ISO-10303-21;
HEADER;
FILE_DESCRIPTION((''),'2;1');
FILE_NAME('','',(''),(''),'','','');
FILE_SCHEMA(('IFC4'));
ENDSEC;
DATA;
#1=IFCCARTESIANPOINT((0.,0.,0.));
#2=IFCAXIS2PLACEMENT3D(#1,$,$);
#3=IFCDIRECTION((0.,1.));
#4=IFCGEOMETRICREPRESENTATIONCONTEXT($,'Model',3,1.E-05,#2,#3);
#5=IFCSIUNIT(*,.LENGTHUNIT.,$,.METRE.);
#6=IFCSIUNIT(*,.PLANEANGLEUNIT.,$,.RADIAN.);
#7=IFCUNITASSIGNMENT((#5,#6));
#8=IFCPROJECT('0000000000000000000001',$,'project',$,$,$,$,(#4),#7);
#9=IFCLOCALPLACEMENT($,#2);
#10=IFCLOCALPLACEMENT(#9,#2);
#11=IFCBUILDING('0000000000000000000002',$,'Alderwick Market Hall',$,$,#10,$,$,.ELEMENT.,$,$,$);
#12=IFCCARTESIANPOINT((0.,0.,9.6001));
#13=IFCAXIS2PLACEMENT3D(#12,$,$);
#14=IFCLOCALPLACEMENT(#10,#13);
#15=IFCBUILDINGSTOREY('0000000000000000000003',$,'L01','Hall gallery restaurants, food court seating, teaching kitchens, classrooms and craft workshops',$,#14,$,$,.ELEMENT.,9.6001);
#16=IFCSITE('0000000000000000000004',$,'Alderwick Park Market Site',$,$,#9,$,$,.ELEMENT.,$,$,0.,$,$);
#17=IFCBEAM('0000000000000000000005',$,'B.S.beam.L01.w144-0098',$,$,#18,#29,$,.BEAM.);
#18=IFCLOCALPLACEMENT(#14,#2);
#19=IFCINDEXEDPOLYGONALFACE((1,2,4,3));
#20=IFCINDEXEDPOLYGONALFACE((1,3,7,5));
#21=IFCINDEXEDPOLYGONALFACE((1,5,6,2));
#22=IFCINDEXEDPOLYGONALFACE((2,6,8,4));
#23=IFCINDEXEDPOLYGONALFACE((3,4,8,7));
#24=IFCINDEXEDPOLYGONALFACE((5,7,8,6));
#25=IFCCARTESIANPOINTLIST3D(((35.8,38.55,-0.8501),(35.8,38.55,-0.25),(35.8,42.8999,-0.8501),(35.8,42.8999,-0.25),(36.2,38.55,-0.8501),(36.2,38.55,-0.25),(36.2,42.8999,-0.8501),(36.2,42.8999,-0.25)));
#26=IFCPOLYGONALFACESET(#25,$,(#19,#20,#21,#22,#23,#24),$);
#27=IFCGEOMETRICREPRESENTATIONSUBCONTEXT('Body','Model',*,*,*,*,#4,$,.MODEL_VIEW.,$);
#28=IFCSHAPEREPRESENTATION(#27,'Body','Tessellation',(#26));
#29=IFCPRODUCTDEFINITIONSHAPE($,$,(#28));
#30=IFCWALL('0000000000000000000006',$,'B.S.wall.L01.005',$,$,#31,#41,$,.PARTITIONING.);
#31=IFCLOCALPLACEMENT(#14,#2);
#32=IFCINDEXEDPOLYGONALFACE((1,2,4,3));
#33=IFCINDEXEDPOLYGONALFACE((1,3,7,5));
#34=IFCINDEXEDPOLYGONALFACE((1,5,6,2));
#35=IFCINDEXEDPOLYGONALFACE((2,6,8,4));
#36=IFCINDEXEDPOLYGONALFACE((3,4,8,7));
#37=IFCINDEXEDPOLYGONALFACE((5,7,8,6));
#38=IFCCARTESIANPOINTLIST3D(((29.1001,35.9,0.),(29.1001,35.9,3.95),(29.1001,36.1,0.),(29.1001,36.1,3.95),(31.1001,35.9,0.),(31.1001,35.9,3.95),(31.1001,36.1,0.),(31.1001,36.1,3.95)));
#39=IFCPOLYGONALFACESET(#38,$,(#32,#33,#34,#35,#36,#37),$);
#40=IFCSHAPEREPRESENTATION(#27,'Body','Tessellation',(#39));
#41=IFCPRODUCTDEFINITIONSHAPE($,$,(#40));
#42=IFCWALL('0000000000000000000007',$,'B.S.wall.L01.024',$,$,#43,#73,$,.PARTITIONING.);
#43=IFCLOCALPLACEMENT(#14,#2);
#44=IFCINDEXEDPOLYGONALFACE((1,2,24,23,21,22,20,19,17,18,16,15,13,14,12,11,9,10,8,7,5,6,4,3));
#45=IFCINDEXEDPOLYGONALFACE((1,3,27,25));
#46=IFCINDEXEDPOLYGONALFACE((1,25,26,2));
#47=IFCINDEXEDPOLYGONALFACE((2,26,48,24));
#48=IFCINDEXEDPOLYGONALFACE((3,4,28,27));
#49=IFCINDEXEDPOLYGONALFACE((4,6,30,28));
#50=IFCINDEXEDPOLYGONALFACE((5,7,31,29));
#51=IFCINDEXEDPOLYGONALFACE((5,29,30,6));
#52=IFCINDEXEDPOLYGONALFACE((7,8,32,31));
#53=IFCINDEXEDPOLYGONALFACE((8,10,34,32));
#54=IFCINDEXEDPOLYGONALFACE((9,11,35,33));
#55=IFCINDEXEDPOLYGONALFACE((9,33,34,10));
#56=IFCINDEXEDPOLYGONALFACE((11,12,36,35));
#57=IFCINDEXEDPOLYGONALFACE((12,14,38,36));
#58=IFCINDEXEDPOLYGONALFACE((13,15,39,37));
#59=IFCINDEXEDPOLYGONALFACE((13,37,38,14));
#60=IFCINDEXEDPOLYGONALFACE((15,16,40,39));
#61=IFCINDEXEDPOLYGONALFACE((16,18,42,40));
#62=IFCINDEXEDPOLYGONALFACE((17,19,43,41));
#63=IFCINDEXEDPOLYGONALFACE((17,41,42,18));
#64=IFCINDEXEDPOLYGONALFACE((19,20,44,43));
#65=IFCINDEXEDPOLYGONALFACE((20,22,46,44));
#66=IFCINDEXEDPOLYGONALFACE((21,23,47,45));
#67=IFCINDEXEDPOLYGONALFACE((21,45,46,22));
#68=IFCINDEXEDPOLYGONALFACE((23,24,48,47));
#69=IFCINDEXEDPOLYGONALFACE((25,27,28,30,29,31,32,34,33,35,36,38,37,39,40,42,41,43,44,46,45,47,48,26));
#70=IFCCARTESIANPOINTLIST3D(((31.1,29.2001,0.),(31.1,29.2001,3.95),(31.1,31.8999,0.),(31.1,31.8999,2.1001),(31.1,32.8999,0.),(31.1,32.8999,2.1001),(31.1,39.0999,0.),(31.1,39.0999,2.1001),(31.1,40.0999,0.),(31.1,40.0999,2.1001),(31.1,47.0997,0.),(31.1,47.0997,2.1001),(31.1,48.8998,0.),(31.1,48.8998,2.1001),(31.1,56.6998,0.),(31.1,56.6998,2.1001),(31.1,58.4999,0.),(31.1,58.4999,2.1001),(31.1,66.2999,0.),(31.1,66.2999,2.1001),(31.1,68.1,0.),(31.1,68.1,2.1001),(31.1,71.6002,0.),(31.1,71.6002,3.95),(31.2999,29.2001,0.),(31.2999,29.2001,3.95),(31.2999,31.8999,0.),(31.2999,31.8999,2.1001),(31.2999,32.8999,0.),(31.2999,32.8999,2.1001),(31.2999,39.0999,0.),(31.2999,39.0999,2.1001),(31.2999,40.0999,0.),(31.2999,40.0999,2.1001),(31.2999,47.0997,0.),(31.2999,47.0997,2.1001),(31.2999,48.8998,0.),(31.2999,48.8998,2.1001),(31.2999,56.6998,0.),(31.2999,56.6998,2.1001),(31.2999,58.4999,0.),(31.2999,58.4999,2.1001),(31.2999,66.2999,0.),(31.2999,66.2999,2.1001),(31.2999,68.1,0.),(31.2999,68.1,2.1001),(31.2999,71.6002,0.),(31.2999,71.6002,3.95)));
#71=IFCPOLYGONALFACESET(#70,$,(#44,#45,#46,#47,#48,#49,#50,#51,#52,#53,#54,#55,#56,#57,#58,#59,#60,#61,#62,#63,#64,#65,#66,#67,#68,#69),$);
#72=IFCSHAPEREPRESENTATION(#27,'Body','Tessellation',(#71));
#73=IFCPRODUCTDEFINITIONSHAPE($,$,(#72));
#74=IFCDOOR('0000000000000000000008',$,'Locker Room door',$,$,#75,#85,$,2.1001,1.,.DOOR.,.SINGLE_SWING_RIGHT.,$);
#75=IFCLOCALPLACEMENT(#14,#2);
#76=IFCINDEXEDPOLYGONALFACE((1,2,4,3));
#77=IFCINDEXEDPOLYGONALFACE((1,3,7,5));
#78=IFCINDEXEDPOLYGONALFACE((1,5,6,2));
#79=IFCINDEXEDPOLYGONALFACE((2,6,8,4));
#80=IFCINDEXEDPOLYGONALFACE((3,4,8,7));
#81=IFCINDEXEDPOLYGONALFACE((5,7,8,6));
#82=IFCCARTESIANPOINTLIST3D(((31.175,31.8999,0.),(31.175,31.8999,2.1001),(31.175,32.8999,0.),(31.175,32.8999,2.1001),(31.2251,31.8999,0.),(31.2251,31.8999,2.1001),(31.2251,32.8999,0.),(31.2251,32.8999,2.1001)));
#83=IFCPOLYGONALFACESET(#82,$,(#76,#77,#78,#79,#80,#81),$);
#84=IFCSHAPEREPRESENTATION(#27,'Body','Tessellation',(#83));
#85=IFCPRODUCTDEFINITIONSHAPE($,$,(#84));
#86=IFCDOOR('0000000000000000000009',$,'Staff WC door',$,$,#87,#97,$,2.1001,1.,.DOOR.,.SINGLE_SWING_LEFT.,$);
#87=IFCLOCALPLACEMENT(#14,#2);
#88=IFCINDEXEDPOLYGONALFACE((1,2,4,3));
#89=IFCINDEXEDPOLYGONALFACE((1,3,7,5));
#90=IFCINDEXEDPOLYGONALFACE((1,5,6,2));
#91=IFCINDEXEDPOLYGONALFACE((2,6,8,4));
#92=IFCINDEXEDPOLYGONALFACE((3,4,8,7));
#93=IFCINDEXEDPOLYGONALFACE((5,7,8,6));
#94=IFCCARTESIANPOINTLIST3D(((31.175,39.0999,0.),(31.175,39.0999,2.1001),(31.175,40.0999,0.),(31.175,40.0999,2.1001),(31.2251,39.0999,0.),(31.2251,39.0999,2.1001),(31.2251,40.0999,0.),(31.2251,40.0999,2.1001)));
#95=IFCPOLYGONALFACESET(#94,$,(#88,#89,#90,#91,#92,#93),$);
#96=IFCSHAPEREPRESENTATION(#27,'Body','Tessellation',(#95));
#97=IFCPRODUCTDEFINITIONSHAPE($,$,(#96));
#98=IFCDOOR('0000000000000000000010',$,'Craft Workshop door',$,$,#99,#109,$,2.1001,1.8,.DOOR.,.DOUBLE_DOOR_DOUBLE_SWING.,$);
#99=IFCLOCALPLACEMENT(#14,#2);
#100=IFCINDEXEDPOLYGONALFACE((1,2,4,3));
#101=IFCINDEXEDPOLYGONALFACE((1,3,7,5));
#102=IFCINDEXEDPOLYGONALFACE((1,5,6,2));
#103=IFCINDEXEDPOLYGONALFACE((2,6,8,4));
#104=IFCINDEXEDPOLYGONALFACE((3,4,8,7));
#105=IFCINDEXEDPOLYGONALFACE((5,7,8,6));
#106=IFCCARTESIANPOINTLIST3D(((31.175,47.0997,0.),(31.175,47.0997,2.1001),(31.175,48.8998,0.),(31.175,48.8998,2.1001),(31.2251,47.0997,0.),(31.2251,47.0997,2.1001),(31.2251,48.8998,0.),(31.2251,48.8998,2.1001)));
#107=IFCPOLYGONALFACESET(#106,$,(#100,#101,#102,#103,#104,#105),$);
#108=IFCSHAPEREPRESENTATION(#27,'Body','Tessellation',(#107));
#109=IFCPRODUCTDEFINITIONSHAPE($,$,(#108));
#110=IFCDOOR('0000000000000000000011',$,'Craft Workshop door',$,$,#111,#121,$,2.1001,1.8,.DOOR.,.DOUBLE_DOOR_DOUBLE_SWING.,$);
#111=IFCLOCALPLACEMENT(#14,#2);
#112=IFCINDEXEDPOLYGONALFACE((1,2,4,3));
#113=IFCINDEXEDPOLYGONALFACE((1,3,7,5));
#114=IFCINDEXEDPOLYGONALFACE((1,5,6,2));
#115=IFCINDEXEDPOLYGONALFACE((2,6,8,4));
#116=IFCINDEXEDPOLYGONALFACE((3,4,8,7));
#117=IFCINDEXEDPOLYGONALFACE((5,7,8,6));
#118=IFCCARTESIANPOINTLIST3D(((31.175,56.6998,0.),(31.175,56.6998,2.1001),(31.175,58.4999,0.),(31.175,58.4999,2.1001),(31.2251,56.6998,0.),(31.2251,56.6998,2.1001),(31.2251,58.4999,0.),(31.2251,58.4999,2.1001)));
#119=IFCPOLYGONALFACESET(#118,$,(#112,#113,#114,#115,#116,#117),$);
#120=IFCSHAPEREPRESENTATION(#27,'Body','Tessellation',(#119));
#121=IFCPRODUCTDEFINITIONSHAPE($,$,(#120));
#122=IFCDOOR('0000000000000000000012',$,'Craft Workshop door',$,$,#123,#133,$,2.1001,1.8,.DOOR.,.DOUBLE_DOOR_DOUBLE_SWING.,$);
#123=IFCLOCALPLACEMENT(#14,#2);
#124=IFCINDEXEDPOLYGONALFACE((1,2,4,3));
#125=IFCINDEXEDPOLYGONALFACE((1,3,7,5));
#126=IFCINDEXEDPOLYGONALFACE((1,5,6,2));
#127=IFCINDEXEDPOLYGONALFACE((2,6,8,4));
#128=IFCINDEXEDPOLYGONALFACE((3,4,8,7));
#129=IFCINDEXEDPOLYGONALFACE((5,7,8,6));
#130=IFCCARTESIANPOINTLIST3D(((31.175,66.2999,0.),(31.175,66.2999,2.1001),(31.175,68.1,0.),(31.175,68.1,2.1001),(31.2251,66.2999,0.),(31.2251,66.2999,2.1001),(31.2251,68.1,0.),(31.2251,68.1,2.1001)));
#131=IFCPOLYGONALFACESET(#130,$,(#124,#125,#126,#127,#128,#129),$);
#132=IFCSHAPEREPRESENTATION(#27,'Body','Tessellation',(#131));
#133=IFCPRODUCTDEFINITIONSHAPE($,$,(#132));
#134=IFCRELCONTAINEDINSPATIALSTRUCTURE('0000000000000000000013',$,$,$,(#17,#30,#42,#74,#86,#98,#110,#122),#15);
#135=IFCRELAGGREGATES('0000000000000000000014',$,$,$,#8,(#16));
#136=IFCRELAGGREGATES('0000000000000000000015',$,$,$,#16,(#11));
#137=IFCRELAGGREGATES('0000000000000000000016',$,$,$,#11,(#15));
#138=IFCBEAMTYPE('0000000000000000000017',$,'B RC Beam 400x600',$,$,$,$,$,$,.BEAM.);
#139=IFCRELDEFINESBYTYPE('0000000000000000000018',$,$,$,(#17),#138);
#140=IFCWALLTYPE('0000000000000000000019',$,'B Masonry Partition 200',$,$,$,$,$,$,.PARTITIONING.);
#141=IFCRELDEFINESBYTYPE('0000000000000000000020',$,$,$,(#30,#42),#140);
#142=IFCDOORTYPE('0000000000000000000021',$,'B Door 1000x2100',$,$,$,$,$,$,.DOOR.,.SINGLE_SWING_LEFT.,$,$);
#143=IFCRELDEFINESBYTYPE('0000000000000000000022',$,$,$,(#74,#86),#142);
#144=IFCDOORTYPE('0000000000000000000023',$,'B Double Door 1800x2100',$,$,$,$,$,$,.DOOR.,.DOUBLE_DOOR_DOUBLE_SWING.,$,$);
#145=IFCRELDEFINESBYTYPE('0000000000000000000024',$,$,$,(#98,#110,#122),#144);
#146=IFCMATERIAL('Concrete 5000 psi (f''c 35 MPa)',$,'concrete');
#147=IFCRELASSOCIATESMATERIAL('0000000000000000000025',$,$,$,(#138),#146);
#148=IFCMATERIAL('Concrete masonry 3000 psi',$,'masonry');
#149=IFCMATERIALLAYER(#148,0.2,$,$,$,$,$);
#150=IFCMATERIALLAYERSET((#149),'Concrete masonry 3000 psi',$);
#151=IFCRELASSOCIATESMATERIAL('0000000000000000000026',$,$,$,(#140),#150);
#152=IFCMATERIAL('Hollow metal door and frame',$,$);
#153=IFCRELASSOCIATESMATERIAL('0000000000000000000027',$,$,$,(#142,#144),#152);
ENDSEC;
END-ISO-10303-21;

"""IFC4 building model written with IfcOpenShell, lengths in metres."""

from ifc_helpers import new_model, si_unit, direction, frame, frame_2d, origin, origin_2d, place, context, subcontext, project, spatial, rectangle, extrude, material, layer, layer_set, material_profile, profile_set, type_object, element, fill, save


model = new_model("IFC4")

# Units and contexts
model_context = context("Model", 3, precision=1e-05, world=origin(), true_north=direction((0.0, 1.0)))
body_context = subcontext(model_context, "Body", "Model", "MODEL_VIEW")
ifc_project = project(units=[si_unit("LENGTHUNIT", "METRE"), si_unit("PLANEANGLEUNIT", "RADIAN")], contexts=[model_context])

# Site, building, storey
site_placement = place(None, origin())
site = spatial("IfcSite", under=ifc_project, at=site_placement, Name="Alderwick Park Market Site", CompositionType="ELEMENT", RefElevation=0.0)
building_placement = place(site_placement, origin())
building = spatial("IfcBuilding", under=site, at=building_placement, Name="Alderwick Market Hall", CompositionType="ELEMENT")
storey_placement = place(building_placement, frame((0.0, 0.0, 9.6001)))
storey = spatial("IfcBuildingStorey", under=building, at=storey_placement, Name="L01", Description="Hall gallery restaurants, food court seating, teaching kitchens, classrooms and craft workshops", CompositionType="ELEMENT", Elevation=9.6001)

# Beam
ifc_material_1 = material(Name="Concrete 5000 psi (f'c 35 MPa)", Category="concrete")
ifc_material_profile = material_profile(ifc_material_1, rectangle(XDim=0.3999, YDim=0.6001, at=origin_2d()), Name="B RC Beam 400x600")
ifc_profile_set = profile_set([ifc_material_profile], Name="Concrete 5000 psi (f'c 35 MPa)")
beam_type = type_object("IfcBeamType", Name="B RC Beam 400x600", PredefinedType="BEAM", material=ifc_profile_set)
beam_placement = place(storey_placement, frame((36.0, 38.55, -0.55), z_axis=(0.0, 1.0, 0.0), x_axis=(-1.0, 0.0, 0.0)))
element("IfcBeam", 1, at=beam_placement, inside=storey, type_object=beam_type, Name="B.S.beam.L01.w144-0098", PredefinedType="BEAM", context=body_context, shape_type="SweptSolid", body=[
    extrude(rectangle(XDim=0.3999, YDim=0.6001, at=origin_2d()), origin(), (0.0, 0.0, 1.0), 4.3499),
])

# Wall
ifc_material_2 = material(Name="Concrete masonry 3000 psi", Category="masonry")
ifc_layer_1 = layer(ifc_material_2, 0.2)
ifc_layer_set_1 = layer_set([ifc_layer_1], Name="Concrete masonry 3000 psi")
wall_type_1 = type_object("IfcWallType", Name="B Masonry Partition 200", PredefinedType="PARTITIONING", material=ifc_layer_set_1)
wall_1_placement = place(storey_placement, frame((29.1001, 36.0, 0.0), z_axis=(0.0, 0.0, 1.0), x_axis=(1.0, 0.0, 0.0)))
element("IfcWall", 2, at=wall_1_placement, inside=storey, type_object=wall_type_1, Name="B.S.wall.L01.005", PredefinedType="PARTITIONING", context=body_context, shape_type="SweptSolid", body=[
    extrude(rectangle(XDim=2.0, YDim=0.2, at=frame_2d((1.0, 0.0))), origin(), (0.0, 0.0, 1.0), 3.95),
])

# Wall, openings, doors
wall_2_placement = place(storey_placement, frame((31.2, 29.2, 0.0), z_axis=(0.0, 0.0, 1.0), x_axis=(0.0, 1.0, 0.0)))
wall_2 = element("IfcWall", 3, at=wall_2_placement, inside=storey, type_object=wall_type_1, Name="B.S.wall.L01.024", PredefinedType="PARTITIONING", context=body_context, shape_type="SweptSolid", body=[
    extrude(rectangle(XDim=42.4001, YDim=0.2, at=frame_2d((21.2002, 0.0))), origin(), (0.0, 0.0, 1.0), 3.95),
])
opening_1_placement = place(wall_2_placement, frame((2.7, 0.0, 0.0)))
opening_1 = element("IfcOpeningElement", 4, at=opening_1_placement, cuts=wall_2, PredefinedType="OPENING", context=body_context, shape_type="SweptSolid", body=[
    extrude(rectangle(XDim=1.0, YDim=2.1001, at=frame_2d((0.5, 1.05))), frame((0.0, 0.1099, 0.0), z_axis=(0.0, -1.0, 0.0), x_axis=(1.0, 0.0, 0.0)), (0.0, 0.0, 1.0), 0.22),
])
opening_2_placement = place(wall_2_placement, frame((9.8999, 0.0, 0.0)))
opening_2 = element("IfcOpeningElement", 5, at=opening_2_placement, cuts=wall_2, PredefinedType="OPENING", context=body_context, shape_type="SweptSolid", body=[
    extrude(rectangle(XDim=1.0, YDim=2.1001, at=frame_2d((0.5, 1.05))), frame((0.0, 0.1099, 0.0), z_axis=(0.0, -1.0, 0.0), x_axis=(1.0, 0.0, 0.0)), (0.0, 0.0, 1.0), 0.22),
])
opening_3_placement = place(wall_2_placement, frame((17.8999, 0.0, 0.0)))
opening_3 = element("IfcOpeningElement", 6, at=opening_3_placement, cuts=wall_2, PredefinedType="OPENING", context=body_context, shape_type="SweptSolid", body=[
    extrude(rectangle(XDim=1.8, YDim=2.1001, at=frame_2d((0.8999, 1.05))), frame((0.0, 0.1099, 0.0), z_axis=(0.0, -1.0, 0.0), x_axis=(1.0, 0.0, 0.0)), (0.0, 0.0, 1.0), 0.22),
])
opening_4_placement = place(wall_2_placement, frame((27.5, 0.0, 0.0)))
opening_4 = element("IfcOpeningElement", 7, at=opening_4_placement, cuts=wall_2, PredefinedType="OPENING", context=body_context, shape_type="SweptSolid", body=[
    extrude(rectangle(XDim=1.8, YDim=2.1001, at=frame_2d((0.8999, 1.05))), frame((0.0, 0.1099, 0.0), z_axis=(0.0, -1.0, 0.0), x_axis=(1.0, 0.0, 0.0)), (0.0, 0.0, 1.0), 0.22),
])
opening_5_placement = place(wall_2_placement, frame((37.1001, 0.0, 0.0)))
opening_5 = element("IfcOpeningElement", 8, at=opening_5_placement, cuts=wall_2, PredefinedType="OPENING", context=body_context, shape_type="SweptSolid", body=[
    extrude(rectangle(XDim=1.8, YDim=2.1001, at=frame_2d((0.8999, 1.05))), frame((0.0, 0.1099, 0.0), z_axis=(0.0, -1.0, 0.0), x_axis=(1.0, 0.0, 0.0)), (0.0, 0.0, 1.0), 0.22),
])
ifc_material_3 = material(Name="Hollow metal door and frame")
door_type_1 = type_object("IfcDoorType", Name="B Door 1000x2100", OperationType="SINGLE_SWING_LEFT", PredefinedType="DOOR", material=ifc_material_3)
door_1_placement = place(opening_1_placement, origin())
door_1 = element("IfcDoor", 9, at=door_1_placement, inside=storey, type_object=door_type_1, Name="Locker Room door", OperationType="SINGLE_SWING_RIGHT", OverallHeight=2.1001, OverallWidth=1.0, PredefinedType="DOOR", context=body_context, shape_type="SweptSolid", body=[
    extrude(rectangle(XDim=1.0, YDim=2.1001, at=frame_2d((0.5, 1.05))), frame((0.0, 0.0249, 0.0), z_axis=(0.0, -1.0, 0.0), x_axis=(1.0, 0.0, 0.0)), (0.0, 0.0, 1.0), 0.05),
])
fill(opening_1, door_1)
door_2_placement = place(opening_2_placement, origin())
door_2 = element("IfcDoor", 10, at=door_2_placement, inside=storey, type_object=door_type_1, Name="Staff WC door", OperationType="SINGLE_SWING_LEFT", OverallHeight=2.1001, OverallWidth=1.0, PredefinedType="DOOR", context=body_context, shape_type="SweptSolid", body=[
    extrude(rectangle(XDim=1.0, YDim=2.1001, at=frame_2d((0.5, 1.05))), frame((0.0, 0.0249, 0.0), z_axis=(0.0, -1.0, 0.0), x_axis=(1.0, 0.0, 0.0)), (0.0, 0.0, 1.0), 0.05),
])
fill(opening_2, door_2)
door_type_2 = type_object("IfcDoorType", Name="B Double Door 1800x2100", OperationType="DOUBLE_DOOR_DOUBLE_SWING", PredefinedType="DOOR", material=ifc_material_3)
door_3_placement = place(opening_3_placement, origin())
door_3 = element("IfcDoor", 11, at=door_3_placement, inside=storey, type_object=door_type_2, Name="Craft Workshop door", OperationType="DOUBLE_DOOR_DOUBLE_SWING", OverallHeight=2.1001, OverallWidth=1.8, PredefinedType="DOOR", context=body_context, shape_type="SweptSolid", body=[
    extrude(rectangle(XDim=1.8, YDim=2.1001, at=frame_2d((0.8999, 1.05))), frame((0.0, 0.0249, 0.0), z_axis=(0.0, -1.0, 0.0), x_axis=(1.0, 0.0, 0.0)), (0.0, 0.0, 1.0), 0.05),
])
fill(opening_3, door_3)
door_4_placement = place(opening_4_placement, origin())
door_4 = element("IfcDoor", 12, at=door_4_placement, inside=storey, type_object=door_type_2, Name="Craft Workshop door", OperationType="DOUBLE_DOOR_DOUBLE_SWING", OverallHeight=2.1001, OverallWidth=1.8, PredefinedType="DOOR", context=body_context, shape_type="SweptSolid", body=[
    extrude(rectangle(XDim=1.8, YDim=2.1001, at=frame_2d((0.8999, 1.05))), frame((0.0, 0.0249, 0.0), z_axis=(0.0, -1.0, 0.0), x_axis=(1.0, 0.0, 0.0)), (0.0, 0.0, 1.0), 0.05),
])
fill(opening_4, door_4)
door_5_placement = place(opening_5_placement, origin())
door_5 = element("IfcDoor", 13, at=door_5_placement, inside=storey, type_object=door_type_2, Name="Craft Workshop door", OperationType="DOUBLE_DOOR_DOUBLE_SWING", OverallHeight=2.1001, OverallWidth=1.8, PredefinedType="DOOR", context=body_context, shape_type="SweptSolid", body=[
    extrude(rectangle(XDim=1.8, YDim=2.1001, at=frame_2d((0.8999, 1.05))), frame((0.0, 0.0249, 0.0), z_axis=(0.0, -1.0, 0.0), x_axis=(1.0, 0.0, 0.0)), (0.0, 0.0, 1.0), 0.05),
])
fill(opening_5, door_5)

save(model, "model.ifc")
